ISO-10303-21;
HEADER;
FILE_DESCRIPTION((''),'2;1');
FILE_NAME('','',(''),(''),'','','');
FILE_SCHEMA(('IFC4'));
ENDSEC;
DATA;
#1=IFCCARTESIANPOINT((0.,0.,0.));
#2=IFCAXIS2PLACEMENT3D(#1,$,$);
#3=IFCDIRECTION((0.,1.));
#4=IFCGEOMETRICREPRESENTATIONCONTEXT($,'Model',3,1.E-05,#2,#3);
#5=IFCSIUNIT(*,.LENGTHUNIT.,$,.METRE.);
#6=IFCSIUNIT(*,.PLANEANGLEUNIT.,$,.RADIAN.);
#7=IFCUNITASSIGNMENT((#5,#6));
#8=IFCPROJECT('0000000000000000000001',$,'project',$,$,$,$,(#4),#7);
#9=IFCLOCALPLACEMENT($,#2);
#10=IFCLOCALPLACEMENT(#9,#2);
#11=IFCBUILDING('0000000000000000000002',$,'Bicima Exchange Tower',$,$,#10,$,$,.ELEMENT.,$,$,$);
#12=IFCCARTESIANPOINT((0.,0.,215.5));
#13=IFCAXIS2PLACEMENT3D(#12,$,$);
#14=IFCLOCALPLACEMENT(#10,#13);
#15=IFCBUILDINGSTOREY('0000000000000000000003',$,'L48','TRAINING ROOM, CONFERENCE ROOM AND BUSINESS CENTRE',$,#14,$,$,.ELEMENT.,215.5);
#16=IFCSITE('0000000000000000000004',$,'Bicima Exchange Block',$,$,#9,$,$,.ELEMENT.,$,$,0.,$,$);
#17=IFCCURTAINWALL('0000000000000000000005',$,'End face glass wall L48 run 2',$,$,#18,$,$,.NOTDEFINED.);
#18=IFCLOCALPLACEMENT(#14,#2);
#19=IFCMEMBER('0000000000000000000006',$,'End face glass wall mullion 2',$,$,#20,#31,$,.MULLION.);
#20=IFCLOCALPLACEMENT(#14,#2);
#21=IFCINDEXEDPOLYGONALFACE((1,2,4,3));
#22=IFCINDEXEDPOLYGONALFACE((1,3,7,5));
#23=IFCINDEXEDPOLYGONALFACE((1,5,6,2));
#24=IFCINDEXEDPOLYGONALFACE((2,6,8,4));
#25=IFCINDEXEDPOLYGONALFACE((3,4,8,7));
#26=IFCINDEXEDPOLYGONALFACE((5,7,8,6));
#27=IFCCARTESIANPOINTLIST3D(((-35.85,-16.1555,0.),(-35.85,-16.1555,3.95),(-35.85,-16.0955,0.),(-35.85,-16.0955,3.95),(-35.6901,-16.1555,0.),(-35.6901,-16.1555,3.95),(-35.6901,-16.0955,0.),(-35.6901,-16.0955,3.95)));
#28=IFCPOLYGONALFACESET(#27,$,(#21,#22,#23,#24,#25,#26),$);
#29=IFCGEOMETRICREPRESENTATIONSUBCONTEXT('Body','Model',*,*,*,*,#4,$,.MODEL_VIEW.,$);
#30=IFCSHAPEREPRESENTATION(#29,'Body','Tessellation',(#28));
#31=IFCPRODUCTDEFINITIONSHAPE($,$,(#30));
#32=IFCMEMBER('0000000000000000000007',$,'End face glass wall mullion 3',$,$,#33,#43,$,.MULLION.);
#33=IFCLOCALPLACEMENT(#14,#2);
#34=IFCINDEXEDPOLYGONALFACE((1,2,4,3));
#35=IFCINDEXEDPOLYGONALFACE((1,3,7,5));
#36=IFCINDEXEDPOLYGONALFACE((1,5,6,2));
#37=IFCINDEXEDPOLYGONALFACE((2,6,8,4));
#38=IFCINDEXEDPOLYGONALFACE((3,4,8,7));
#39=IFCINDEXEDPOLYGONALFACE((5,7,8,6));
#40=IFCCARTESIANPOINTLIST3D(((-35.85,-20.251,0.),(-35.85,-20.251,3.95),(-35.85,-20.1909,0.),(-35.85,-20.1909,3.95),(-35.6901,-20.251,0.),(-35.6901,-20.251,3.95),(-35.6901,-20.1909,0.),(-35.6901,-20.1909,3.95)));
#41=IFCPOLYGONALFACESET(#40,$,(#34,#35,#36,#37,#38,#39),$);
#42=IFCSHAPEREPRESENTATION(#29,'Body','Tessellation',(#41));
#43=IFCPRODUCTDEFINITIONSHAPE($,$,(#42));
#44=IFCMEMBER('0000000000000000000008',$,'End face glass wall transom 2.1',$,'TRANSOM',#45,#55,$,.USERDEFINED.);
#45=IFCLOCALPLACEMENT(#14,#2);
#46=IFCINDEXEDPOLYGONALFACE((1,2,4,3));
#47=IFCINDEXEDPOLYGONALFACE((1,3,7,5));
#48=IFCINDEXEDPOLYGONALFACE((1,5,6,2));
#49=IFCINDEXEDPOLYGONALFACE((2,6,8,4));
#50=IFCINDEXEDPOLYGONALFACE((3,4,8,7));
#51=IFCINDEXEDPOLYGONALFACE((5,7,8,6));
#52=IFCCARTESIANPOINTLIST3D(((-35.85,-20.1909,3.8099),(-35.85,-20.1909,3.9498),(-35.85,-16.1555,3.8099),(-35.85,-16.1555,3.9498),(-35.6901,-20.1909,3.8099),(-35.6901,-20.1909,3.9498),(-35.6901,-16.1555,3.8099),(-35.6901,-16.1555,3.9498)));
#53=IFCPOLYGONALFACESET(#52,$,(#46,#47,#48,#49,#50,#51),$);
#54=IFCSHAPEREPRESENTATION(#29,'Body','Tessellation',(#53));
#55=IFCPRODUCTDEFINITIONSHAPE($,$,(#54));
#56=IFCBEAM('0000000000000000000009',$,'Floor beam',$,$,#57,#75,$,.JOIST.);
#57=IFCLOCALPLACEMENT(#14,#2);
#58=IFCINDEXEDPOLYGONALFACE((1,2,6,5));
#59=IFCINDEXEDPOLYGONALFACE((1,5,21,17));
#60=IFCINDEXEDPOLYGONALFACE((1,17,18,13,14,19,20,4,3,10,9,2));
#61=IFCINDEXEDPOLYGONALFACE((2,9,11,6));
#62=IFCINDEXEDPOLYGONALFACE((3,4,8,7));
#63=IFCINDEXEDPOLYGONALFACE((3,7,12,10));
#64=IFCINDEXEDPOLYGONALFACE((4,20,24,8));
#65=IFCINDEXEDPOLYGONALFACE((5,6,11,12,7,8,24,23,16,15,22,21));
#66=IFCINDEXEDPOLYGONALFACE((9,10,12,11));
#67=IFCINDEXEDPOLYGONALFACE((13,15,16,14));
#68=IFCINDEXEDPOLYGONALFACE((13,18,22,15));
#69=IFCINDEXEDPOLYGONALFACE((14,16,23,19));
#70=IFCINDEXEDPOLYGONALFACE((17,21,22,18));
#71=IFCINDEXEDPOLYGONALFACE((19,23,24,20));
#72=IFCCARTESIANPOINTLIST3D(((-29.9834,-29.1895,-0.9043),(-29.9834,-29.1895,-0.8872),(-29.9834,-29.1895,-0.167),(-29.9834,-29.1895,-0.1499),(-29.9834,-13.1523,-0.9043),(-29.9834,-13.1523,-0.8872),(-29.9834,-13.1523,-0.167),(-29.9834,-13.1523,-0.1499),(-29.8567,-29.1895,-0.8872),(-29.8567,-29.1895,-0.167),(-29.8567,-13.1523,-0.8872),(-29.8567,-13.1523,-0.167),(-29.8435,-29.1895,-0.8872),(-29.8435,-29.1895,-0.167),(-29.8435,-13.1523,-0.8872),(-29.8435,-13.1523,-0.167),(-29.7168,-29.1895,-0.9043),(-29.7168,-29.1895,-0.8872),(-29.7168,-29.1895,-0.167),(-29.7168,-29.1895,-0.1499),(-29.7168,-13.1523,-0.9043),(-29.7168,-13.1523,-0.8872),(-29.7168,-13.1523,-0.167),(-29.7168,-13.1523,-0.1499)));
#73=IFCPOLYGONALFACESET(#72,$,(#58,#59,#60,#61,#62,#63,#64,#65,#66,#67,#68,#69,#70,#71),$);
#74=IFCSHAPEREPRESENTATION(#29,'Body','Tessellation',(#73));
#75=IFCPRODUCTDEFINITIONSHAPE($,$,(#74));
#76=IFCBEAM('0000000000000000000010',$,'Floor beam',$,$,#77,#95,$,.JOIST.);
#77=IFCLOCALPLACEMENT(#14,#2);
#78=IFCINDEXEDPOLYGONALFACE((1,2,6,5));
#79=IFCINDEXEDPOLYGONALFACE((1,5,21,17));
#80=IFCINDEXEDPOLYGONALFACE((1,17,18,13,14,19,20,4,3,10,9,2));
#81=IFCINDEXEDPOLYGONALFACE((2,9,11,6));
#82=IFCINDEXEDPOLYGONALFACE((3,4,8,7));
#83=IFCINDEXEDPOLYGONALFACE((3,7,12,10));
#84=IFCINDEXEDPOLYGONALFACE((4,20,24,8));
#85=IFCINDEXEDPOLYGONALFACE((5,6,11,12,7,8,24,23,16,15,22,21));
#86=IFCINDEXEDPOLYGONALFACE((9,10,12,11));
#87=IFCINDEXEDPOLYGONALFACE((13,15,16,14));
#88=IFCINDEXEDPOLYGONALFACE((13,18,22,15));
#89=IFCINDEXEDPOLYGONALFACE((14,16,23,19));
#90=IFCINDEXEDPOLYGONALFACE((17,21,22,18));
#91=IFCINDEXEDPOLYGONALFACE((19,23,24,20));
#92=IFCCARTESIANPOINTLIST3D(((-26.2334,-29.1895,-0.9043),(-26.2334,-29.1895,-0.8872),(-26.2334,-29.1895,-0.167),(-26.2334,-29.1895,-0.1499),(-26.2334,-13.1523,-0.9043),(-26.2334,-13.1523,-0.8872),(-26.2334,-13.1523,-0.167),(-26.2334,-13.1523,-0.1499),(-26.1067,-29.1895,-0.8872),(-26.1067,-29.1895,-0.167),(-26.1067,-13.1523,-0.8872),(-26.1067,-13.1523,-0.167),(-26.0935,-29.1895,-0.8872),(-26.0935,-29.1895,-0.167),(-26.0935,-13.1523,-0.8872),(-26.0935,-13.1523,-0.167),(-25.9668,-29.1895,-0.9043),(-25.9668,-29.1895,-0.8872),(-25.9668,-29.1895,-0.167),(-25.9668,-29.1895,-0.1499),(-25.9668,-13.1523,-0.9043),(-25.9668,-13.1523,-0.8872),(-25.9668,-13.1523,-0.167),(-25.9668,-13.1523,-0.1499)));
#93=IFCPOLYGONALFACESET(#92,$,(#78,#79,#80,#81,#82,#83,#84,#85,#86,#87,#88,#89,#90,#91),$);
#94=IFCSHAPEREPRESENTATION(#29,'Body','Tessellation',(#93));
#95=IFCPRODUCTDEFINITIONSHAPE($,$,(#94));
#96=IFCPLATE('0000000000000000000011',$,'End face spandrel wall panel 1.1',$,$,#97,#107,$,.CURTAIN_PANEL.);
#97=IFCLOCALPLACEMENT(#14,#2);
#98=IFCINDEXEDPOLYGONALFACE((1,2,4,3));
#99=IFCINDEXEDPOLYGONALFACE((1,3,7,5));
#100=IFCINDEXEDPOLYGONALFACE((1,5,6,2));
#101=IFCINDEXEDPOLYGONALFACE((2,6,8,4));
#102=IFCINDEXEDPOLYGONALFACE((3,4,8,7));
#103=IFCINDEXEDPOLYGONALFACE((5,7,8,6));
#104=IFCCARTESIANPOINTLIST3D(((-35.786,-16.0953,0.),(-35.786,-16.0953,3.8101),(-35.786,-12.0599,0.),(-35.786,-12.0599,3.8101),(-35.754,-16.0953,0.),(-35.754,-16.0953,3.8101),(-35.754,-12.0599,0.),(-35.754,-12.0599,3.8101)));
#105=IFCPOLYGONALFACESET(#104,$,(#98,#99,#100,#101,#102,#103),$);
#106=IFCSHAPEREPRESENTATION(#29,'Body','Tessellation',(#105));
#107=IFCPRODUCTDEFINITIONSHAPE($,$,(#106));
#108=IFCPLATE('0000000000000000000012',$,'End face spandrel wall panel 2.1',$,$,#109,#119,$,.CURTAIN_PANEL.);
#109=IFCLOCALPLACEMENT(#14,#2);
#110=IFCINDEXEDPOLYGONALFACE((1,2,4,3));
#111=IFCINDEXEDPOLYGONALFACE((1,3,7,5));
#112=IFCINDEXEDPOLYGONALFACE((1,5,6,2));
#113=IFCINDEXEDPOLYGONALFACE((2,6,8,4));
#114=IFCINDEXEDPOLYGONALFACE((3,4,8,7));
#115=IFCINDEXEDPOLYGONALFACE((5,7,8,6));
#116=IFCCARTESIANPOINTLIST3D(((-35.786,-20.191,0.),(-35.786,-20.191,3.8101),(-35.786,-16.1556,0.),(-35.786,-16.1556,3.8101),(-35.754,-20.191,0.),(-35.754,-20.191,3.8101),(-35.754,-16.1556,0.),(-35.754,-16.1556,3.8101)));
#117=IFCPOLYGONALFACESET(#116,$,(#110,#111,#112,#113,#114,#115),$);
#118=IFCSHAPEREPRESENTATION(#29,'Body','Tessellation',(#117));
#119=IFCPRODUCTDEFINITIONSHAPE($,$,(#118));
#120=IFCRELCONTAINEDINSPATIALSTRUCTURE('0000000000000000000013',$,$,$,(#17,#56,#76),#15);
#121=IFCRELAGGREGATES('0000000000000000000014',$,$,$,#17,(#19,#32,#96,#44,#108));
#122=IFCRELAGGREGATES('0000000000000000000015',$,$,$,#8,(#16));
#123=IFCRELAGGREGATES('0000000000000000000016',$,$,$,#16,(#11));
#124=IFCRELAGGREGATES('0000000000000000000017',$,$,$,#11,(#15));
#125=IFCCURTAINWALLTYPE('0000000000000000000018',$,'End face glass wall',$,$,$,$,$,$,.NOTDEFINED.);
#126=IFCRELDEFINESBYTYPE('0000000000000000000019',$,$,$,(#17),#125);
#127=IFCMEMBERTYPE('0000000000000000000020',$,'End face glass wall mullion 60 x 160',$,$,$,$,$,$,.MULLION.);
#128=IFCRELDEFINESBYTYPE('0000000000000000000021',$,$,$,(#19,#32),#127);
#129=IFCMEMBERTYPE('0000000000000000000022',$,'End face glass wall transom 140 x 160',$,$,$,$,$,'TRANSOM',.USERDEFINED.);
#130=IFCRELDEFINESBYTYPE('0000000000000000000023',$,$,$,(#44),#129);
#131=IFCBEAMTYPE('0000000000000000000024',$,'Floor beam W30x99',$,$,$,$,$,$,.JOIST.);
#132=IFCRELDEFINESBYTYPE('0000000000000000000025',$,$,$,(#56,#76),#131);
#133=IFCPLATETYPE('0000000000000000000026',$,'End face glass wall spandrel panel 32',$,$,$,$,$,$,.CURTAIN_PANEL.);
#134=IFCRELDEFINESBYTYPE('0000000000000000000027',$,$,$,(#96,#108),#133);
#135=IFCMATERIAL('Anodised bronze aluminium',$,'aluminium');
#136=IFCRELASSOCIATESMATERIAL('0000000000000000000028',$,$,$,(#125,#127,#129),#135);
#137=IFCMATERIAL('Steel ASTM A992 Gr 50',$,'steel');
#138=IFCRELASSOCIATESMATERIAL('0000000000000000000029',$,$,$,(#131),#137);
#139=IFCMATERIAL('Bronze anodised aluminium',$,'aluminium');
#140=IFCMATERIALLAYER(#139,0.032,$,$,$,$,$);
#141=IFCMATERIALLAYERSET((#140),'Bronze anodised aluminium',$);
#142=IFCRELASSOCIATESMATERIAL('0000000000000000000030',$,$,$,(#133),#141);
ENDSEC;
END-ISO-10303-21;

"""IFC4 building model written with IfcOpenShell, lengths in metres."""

from ifc_helpers import new_model, si_unit, direction, frame, origin, origin_2d, place, context, subcontext, project, spatial, rectangle, i_section, extrude, material, layer, layer_set, material_profile, profile_set, type_object, element, aggregate, save


model = new_model("IFC4")

# Units and contexts
model_context = context("Model", 3, precision=1e-05, world=origin(), true_north=direction((0.0, 1.0)))
body_context = subcontext(model_context, "Body", "Model", "MODEL_VIEW")
ifc_project = project(units=[si_unit("LENGTHUNIT", "METRE"), si_unit("PLANEANGLEUNIT", "RADIAN")], contexts=[model_context])

# Site, building, storey
site_placement = place(None, origin())
site = spatial("IfcSite", under=ifc_project, at=site_placement, Name="Bicima Exchange Block", CompositionType="ELEMENT", RefElevation=0.0)
building_placement = place(site_placement, origin())
building = spatial("IfcBuilding", under=site, at=building_placement, Name="Bicima Exchange Tower", CompositionType="ELEMENT")
storey_placement = place(building_placement, frame((0.0, 0.0, 215.5)))
storey = spatial("IfcBuildingStorey", under=building, at=storey_placement, Name="L48", Description="TRAINING ROOM, CONFERENCE ROOM AND BUSINESS CENTRE", CompositionType="ELEMENT", Elevation=215.5)

# Curtain wall, members
ifc_material_1 = material(Name="Anodised bronze aluminium", Category="aluminium")
curtain_wall_type = type_object("IfcCurtainWallType", Name="End face glass wall", PredefinedType="NOTDEFINED", material=ifc_material_1)
curtain_wall_placement = place(storey_placement, origin())
curtain_wall = element("IfcCurtainWall", 1, at=curtain_wall_placement, inside=storey, type_object=curtain_wall_type, Name="End face glass wall L48 run 2", PredefinedType="NOTDEFINED")
ifc_material_profile_1 = material_profile(ifc_material_1, rectangle(XDim=0.1599, YDim=0.0601, at=origin_2d()))
ifc_profile_set_1 = profile_set([ifc_material_profile_1], Name="Anodised bronze aluminium")
member_type_1 = type_object("IfcMemberType", Name="End face glass wall mullion 60 x 160", PredefinedType="MULLION", material=ifc_profile_set_1)
member_1_placement = place(storey_placement, frame((-35.77, -16.1255, 0.0), z_axis=(0.0, 0.0, 1.0), x_axis=(1.0, 0.0, 0.0)))
member_1 = element("IfcMember", 2, at=member_1_placement, type_object=member_type_1, Name="End face glass wall mullion 2", PredefinedType="MULLION", context=body_context, shape_type="SweptSolid", body=[
    extrude(rectangle(XDim=0.1599, YDim=0.0601, at=origin_2d()), origin(), (0.0, 0.0, 1.0), 3.95),
])
member_2_placement = place(storey_placement, frame((-35.77, -20.2209, 0.0), z_axis=(0.0, 0.0, 1.0), x_axis=(1.0, 0.0, 0.0)))
member_2 = element("IfcMember", 3, at=member_2_placement, type_object=member_type_1, Name="End face glass wall mullion 3", PredefinedType="MULLION", context=body_context, shape_type="SweptSolid", body=[
    extrude(rectangle(XDim=0.1599, YDim=0.0601, at=origin_2d()), origin(), (0.0, 0.0, 1.0), 3.95),
])
ifc_material_profile_2 = material_profile(ifc_material_1, rectangle(XDim=0.1599, YDim=0.1399, at=origin_2d()))
ifc_profile_set_2 = profile_set([ifc_material_profile_2], Name="Anodised bronze aluminium")
member_type_2 = type_object("IfcMemberType", Name="End face glass wall transom 140 x 160", ElementType="TRANSOM", PredefinedType="USERDEFINED", material=ifc_profile_set_2)
member_3_placement = place(storey_placement, frame((-35.77, -16.1555, 3.8799), z_axis=(0.0, -1.0, 0.0), x_axis=(1.0, 0.0, 0.0)))
member_3 = element("IfcMember", 4, at=member_3_placement, type_object=member_type_2, Name="End face glass wall transom 2.1", ObjectType="TRANSOM", PredefinedType="USERDEFINED", context=body_context, shape_type="SweptSolid", body=[
    extrude(rectangle(XDim=0.1599, YDim=0.1399, at=origin_2d()), origin(), (0.0, 0.0, 1.0), 4.0354),
])

# Beams
ifc_material_2 = material(Name="Steel ASTM A992 Gr 50", Category="steel")
ifc_material_profile_3 = material_profile(ifc_material_2, i_section(OverallWidth=0.2666, OverallDepth=0.7544, WebThickness=0.0132, FlangeThickness=0.0171, at=origin_2d()))
ifc_profile_set_3 = profile_set([ifc_material_profile_3], Name="Steel ASTM A992 Gr 50")
beam_type = type_object("IfcBeamType", Name="Floor beam W30x99", PredefinedType="JOIST", material=ifc_profile_set_3)
for number, where, z_axis, x_axis, name in (
    (5, (-29.8501, -13.1523, -0.5271), (0.0, -1.0, 0.0), (1.0, 0.0, 0.0), "Floor beam"),
    (6, (-26.1001, -13.1523, -0.5271), (0.0, -1.0, 0.0), (1.0, 0.0, 0.0), "Floor beam"),
):
    element("IfcBeam", number, at=place(storey_placement, frame(where, z_axis=z_axis, x_axis=x_axis)), inside=storey, type_object=beam_type, Name=name, PredefinedType="JOIST", context=body_context, shape_type="SweptSolid", body=[
        extrude(i_section(OverallWidth=0.2666, OverallDepth=0.7544, WebThickness=0.0132, FlangeThickness=0.0171, at=origin_2d()), origin(), (0.0, 0.0, 1.0), 16.0371),
    ])

# Plates
ifc_material_3 = material(Name="Bronze anodised aluminium", Category="aluminium")
ifc_layer_1 = layer(ifc_material_3, 0.032)
ifc_layer_set_1 = layer_set([ifc_layer_1], Name="Bronze anodised aluminium")
plate_type = type_object("IfcPlateType", Name="End face glass wall spandrel panel 32", PredefinedType="CURTAIN_PANEL", material=ifc_layer_set_1)
plate_1_placement = place(storey_placement, frame((-35.77, -14.0776, 0.0), z_axis=(0.0, 0.0, 1.0), x_axis=(0.0, -1.0, 0.0)))
plate_1 = element("IfcPlate", 7, at=plate_1_placement, type_object=plate_type, Name="End face spandrel wall panel 1.1", PredefinedType="CURTAIN_PANEL", context=body_context, shape_type="SweptSolid", body=[
    extrude(rectangle(XDim=4.0354, YDim=0.032, at=origin_2d()), origin(), (0.0, 0.0, 1.0), 3.8101),
])
plate_2_placement = place(storey_placement, frame((-35.77, -18.1733, 0.0), z_axis=(0.0, 0.0, 1.0), x_axis=(0.0, -1.0, 0.0)))
plate_2 = element("IfcPlate", 8, at=plate_2_placement, type_object=plate_type, Name="End face spandrel wall panel 2.1", PredefinedType="CURTAIN_PANEL", context=body_context, shape_type="SweptSolid", body=[
    extrude(rectangle(XDim=4.0354, YDim=0.032, at=origin_2d()), origin(), (0.0, 0.0, 1.0), 3.8101),
])
aggregate(curtain_wall, [member_1, member_2, plate_1, member_3, plate_2])

save(model, "model.ifc")
